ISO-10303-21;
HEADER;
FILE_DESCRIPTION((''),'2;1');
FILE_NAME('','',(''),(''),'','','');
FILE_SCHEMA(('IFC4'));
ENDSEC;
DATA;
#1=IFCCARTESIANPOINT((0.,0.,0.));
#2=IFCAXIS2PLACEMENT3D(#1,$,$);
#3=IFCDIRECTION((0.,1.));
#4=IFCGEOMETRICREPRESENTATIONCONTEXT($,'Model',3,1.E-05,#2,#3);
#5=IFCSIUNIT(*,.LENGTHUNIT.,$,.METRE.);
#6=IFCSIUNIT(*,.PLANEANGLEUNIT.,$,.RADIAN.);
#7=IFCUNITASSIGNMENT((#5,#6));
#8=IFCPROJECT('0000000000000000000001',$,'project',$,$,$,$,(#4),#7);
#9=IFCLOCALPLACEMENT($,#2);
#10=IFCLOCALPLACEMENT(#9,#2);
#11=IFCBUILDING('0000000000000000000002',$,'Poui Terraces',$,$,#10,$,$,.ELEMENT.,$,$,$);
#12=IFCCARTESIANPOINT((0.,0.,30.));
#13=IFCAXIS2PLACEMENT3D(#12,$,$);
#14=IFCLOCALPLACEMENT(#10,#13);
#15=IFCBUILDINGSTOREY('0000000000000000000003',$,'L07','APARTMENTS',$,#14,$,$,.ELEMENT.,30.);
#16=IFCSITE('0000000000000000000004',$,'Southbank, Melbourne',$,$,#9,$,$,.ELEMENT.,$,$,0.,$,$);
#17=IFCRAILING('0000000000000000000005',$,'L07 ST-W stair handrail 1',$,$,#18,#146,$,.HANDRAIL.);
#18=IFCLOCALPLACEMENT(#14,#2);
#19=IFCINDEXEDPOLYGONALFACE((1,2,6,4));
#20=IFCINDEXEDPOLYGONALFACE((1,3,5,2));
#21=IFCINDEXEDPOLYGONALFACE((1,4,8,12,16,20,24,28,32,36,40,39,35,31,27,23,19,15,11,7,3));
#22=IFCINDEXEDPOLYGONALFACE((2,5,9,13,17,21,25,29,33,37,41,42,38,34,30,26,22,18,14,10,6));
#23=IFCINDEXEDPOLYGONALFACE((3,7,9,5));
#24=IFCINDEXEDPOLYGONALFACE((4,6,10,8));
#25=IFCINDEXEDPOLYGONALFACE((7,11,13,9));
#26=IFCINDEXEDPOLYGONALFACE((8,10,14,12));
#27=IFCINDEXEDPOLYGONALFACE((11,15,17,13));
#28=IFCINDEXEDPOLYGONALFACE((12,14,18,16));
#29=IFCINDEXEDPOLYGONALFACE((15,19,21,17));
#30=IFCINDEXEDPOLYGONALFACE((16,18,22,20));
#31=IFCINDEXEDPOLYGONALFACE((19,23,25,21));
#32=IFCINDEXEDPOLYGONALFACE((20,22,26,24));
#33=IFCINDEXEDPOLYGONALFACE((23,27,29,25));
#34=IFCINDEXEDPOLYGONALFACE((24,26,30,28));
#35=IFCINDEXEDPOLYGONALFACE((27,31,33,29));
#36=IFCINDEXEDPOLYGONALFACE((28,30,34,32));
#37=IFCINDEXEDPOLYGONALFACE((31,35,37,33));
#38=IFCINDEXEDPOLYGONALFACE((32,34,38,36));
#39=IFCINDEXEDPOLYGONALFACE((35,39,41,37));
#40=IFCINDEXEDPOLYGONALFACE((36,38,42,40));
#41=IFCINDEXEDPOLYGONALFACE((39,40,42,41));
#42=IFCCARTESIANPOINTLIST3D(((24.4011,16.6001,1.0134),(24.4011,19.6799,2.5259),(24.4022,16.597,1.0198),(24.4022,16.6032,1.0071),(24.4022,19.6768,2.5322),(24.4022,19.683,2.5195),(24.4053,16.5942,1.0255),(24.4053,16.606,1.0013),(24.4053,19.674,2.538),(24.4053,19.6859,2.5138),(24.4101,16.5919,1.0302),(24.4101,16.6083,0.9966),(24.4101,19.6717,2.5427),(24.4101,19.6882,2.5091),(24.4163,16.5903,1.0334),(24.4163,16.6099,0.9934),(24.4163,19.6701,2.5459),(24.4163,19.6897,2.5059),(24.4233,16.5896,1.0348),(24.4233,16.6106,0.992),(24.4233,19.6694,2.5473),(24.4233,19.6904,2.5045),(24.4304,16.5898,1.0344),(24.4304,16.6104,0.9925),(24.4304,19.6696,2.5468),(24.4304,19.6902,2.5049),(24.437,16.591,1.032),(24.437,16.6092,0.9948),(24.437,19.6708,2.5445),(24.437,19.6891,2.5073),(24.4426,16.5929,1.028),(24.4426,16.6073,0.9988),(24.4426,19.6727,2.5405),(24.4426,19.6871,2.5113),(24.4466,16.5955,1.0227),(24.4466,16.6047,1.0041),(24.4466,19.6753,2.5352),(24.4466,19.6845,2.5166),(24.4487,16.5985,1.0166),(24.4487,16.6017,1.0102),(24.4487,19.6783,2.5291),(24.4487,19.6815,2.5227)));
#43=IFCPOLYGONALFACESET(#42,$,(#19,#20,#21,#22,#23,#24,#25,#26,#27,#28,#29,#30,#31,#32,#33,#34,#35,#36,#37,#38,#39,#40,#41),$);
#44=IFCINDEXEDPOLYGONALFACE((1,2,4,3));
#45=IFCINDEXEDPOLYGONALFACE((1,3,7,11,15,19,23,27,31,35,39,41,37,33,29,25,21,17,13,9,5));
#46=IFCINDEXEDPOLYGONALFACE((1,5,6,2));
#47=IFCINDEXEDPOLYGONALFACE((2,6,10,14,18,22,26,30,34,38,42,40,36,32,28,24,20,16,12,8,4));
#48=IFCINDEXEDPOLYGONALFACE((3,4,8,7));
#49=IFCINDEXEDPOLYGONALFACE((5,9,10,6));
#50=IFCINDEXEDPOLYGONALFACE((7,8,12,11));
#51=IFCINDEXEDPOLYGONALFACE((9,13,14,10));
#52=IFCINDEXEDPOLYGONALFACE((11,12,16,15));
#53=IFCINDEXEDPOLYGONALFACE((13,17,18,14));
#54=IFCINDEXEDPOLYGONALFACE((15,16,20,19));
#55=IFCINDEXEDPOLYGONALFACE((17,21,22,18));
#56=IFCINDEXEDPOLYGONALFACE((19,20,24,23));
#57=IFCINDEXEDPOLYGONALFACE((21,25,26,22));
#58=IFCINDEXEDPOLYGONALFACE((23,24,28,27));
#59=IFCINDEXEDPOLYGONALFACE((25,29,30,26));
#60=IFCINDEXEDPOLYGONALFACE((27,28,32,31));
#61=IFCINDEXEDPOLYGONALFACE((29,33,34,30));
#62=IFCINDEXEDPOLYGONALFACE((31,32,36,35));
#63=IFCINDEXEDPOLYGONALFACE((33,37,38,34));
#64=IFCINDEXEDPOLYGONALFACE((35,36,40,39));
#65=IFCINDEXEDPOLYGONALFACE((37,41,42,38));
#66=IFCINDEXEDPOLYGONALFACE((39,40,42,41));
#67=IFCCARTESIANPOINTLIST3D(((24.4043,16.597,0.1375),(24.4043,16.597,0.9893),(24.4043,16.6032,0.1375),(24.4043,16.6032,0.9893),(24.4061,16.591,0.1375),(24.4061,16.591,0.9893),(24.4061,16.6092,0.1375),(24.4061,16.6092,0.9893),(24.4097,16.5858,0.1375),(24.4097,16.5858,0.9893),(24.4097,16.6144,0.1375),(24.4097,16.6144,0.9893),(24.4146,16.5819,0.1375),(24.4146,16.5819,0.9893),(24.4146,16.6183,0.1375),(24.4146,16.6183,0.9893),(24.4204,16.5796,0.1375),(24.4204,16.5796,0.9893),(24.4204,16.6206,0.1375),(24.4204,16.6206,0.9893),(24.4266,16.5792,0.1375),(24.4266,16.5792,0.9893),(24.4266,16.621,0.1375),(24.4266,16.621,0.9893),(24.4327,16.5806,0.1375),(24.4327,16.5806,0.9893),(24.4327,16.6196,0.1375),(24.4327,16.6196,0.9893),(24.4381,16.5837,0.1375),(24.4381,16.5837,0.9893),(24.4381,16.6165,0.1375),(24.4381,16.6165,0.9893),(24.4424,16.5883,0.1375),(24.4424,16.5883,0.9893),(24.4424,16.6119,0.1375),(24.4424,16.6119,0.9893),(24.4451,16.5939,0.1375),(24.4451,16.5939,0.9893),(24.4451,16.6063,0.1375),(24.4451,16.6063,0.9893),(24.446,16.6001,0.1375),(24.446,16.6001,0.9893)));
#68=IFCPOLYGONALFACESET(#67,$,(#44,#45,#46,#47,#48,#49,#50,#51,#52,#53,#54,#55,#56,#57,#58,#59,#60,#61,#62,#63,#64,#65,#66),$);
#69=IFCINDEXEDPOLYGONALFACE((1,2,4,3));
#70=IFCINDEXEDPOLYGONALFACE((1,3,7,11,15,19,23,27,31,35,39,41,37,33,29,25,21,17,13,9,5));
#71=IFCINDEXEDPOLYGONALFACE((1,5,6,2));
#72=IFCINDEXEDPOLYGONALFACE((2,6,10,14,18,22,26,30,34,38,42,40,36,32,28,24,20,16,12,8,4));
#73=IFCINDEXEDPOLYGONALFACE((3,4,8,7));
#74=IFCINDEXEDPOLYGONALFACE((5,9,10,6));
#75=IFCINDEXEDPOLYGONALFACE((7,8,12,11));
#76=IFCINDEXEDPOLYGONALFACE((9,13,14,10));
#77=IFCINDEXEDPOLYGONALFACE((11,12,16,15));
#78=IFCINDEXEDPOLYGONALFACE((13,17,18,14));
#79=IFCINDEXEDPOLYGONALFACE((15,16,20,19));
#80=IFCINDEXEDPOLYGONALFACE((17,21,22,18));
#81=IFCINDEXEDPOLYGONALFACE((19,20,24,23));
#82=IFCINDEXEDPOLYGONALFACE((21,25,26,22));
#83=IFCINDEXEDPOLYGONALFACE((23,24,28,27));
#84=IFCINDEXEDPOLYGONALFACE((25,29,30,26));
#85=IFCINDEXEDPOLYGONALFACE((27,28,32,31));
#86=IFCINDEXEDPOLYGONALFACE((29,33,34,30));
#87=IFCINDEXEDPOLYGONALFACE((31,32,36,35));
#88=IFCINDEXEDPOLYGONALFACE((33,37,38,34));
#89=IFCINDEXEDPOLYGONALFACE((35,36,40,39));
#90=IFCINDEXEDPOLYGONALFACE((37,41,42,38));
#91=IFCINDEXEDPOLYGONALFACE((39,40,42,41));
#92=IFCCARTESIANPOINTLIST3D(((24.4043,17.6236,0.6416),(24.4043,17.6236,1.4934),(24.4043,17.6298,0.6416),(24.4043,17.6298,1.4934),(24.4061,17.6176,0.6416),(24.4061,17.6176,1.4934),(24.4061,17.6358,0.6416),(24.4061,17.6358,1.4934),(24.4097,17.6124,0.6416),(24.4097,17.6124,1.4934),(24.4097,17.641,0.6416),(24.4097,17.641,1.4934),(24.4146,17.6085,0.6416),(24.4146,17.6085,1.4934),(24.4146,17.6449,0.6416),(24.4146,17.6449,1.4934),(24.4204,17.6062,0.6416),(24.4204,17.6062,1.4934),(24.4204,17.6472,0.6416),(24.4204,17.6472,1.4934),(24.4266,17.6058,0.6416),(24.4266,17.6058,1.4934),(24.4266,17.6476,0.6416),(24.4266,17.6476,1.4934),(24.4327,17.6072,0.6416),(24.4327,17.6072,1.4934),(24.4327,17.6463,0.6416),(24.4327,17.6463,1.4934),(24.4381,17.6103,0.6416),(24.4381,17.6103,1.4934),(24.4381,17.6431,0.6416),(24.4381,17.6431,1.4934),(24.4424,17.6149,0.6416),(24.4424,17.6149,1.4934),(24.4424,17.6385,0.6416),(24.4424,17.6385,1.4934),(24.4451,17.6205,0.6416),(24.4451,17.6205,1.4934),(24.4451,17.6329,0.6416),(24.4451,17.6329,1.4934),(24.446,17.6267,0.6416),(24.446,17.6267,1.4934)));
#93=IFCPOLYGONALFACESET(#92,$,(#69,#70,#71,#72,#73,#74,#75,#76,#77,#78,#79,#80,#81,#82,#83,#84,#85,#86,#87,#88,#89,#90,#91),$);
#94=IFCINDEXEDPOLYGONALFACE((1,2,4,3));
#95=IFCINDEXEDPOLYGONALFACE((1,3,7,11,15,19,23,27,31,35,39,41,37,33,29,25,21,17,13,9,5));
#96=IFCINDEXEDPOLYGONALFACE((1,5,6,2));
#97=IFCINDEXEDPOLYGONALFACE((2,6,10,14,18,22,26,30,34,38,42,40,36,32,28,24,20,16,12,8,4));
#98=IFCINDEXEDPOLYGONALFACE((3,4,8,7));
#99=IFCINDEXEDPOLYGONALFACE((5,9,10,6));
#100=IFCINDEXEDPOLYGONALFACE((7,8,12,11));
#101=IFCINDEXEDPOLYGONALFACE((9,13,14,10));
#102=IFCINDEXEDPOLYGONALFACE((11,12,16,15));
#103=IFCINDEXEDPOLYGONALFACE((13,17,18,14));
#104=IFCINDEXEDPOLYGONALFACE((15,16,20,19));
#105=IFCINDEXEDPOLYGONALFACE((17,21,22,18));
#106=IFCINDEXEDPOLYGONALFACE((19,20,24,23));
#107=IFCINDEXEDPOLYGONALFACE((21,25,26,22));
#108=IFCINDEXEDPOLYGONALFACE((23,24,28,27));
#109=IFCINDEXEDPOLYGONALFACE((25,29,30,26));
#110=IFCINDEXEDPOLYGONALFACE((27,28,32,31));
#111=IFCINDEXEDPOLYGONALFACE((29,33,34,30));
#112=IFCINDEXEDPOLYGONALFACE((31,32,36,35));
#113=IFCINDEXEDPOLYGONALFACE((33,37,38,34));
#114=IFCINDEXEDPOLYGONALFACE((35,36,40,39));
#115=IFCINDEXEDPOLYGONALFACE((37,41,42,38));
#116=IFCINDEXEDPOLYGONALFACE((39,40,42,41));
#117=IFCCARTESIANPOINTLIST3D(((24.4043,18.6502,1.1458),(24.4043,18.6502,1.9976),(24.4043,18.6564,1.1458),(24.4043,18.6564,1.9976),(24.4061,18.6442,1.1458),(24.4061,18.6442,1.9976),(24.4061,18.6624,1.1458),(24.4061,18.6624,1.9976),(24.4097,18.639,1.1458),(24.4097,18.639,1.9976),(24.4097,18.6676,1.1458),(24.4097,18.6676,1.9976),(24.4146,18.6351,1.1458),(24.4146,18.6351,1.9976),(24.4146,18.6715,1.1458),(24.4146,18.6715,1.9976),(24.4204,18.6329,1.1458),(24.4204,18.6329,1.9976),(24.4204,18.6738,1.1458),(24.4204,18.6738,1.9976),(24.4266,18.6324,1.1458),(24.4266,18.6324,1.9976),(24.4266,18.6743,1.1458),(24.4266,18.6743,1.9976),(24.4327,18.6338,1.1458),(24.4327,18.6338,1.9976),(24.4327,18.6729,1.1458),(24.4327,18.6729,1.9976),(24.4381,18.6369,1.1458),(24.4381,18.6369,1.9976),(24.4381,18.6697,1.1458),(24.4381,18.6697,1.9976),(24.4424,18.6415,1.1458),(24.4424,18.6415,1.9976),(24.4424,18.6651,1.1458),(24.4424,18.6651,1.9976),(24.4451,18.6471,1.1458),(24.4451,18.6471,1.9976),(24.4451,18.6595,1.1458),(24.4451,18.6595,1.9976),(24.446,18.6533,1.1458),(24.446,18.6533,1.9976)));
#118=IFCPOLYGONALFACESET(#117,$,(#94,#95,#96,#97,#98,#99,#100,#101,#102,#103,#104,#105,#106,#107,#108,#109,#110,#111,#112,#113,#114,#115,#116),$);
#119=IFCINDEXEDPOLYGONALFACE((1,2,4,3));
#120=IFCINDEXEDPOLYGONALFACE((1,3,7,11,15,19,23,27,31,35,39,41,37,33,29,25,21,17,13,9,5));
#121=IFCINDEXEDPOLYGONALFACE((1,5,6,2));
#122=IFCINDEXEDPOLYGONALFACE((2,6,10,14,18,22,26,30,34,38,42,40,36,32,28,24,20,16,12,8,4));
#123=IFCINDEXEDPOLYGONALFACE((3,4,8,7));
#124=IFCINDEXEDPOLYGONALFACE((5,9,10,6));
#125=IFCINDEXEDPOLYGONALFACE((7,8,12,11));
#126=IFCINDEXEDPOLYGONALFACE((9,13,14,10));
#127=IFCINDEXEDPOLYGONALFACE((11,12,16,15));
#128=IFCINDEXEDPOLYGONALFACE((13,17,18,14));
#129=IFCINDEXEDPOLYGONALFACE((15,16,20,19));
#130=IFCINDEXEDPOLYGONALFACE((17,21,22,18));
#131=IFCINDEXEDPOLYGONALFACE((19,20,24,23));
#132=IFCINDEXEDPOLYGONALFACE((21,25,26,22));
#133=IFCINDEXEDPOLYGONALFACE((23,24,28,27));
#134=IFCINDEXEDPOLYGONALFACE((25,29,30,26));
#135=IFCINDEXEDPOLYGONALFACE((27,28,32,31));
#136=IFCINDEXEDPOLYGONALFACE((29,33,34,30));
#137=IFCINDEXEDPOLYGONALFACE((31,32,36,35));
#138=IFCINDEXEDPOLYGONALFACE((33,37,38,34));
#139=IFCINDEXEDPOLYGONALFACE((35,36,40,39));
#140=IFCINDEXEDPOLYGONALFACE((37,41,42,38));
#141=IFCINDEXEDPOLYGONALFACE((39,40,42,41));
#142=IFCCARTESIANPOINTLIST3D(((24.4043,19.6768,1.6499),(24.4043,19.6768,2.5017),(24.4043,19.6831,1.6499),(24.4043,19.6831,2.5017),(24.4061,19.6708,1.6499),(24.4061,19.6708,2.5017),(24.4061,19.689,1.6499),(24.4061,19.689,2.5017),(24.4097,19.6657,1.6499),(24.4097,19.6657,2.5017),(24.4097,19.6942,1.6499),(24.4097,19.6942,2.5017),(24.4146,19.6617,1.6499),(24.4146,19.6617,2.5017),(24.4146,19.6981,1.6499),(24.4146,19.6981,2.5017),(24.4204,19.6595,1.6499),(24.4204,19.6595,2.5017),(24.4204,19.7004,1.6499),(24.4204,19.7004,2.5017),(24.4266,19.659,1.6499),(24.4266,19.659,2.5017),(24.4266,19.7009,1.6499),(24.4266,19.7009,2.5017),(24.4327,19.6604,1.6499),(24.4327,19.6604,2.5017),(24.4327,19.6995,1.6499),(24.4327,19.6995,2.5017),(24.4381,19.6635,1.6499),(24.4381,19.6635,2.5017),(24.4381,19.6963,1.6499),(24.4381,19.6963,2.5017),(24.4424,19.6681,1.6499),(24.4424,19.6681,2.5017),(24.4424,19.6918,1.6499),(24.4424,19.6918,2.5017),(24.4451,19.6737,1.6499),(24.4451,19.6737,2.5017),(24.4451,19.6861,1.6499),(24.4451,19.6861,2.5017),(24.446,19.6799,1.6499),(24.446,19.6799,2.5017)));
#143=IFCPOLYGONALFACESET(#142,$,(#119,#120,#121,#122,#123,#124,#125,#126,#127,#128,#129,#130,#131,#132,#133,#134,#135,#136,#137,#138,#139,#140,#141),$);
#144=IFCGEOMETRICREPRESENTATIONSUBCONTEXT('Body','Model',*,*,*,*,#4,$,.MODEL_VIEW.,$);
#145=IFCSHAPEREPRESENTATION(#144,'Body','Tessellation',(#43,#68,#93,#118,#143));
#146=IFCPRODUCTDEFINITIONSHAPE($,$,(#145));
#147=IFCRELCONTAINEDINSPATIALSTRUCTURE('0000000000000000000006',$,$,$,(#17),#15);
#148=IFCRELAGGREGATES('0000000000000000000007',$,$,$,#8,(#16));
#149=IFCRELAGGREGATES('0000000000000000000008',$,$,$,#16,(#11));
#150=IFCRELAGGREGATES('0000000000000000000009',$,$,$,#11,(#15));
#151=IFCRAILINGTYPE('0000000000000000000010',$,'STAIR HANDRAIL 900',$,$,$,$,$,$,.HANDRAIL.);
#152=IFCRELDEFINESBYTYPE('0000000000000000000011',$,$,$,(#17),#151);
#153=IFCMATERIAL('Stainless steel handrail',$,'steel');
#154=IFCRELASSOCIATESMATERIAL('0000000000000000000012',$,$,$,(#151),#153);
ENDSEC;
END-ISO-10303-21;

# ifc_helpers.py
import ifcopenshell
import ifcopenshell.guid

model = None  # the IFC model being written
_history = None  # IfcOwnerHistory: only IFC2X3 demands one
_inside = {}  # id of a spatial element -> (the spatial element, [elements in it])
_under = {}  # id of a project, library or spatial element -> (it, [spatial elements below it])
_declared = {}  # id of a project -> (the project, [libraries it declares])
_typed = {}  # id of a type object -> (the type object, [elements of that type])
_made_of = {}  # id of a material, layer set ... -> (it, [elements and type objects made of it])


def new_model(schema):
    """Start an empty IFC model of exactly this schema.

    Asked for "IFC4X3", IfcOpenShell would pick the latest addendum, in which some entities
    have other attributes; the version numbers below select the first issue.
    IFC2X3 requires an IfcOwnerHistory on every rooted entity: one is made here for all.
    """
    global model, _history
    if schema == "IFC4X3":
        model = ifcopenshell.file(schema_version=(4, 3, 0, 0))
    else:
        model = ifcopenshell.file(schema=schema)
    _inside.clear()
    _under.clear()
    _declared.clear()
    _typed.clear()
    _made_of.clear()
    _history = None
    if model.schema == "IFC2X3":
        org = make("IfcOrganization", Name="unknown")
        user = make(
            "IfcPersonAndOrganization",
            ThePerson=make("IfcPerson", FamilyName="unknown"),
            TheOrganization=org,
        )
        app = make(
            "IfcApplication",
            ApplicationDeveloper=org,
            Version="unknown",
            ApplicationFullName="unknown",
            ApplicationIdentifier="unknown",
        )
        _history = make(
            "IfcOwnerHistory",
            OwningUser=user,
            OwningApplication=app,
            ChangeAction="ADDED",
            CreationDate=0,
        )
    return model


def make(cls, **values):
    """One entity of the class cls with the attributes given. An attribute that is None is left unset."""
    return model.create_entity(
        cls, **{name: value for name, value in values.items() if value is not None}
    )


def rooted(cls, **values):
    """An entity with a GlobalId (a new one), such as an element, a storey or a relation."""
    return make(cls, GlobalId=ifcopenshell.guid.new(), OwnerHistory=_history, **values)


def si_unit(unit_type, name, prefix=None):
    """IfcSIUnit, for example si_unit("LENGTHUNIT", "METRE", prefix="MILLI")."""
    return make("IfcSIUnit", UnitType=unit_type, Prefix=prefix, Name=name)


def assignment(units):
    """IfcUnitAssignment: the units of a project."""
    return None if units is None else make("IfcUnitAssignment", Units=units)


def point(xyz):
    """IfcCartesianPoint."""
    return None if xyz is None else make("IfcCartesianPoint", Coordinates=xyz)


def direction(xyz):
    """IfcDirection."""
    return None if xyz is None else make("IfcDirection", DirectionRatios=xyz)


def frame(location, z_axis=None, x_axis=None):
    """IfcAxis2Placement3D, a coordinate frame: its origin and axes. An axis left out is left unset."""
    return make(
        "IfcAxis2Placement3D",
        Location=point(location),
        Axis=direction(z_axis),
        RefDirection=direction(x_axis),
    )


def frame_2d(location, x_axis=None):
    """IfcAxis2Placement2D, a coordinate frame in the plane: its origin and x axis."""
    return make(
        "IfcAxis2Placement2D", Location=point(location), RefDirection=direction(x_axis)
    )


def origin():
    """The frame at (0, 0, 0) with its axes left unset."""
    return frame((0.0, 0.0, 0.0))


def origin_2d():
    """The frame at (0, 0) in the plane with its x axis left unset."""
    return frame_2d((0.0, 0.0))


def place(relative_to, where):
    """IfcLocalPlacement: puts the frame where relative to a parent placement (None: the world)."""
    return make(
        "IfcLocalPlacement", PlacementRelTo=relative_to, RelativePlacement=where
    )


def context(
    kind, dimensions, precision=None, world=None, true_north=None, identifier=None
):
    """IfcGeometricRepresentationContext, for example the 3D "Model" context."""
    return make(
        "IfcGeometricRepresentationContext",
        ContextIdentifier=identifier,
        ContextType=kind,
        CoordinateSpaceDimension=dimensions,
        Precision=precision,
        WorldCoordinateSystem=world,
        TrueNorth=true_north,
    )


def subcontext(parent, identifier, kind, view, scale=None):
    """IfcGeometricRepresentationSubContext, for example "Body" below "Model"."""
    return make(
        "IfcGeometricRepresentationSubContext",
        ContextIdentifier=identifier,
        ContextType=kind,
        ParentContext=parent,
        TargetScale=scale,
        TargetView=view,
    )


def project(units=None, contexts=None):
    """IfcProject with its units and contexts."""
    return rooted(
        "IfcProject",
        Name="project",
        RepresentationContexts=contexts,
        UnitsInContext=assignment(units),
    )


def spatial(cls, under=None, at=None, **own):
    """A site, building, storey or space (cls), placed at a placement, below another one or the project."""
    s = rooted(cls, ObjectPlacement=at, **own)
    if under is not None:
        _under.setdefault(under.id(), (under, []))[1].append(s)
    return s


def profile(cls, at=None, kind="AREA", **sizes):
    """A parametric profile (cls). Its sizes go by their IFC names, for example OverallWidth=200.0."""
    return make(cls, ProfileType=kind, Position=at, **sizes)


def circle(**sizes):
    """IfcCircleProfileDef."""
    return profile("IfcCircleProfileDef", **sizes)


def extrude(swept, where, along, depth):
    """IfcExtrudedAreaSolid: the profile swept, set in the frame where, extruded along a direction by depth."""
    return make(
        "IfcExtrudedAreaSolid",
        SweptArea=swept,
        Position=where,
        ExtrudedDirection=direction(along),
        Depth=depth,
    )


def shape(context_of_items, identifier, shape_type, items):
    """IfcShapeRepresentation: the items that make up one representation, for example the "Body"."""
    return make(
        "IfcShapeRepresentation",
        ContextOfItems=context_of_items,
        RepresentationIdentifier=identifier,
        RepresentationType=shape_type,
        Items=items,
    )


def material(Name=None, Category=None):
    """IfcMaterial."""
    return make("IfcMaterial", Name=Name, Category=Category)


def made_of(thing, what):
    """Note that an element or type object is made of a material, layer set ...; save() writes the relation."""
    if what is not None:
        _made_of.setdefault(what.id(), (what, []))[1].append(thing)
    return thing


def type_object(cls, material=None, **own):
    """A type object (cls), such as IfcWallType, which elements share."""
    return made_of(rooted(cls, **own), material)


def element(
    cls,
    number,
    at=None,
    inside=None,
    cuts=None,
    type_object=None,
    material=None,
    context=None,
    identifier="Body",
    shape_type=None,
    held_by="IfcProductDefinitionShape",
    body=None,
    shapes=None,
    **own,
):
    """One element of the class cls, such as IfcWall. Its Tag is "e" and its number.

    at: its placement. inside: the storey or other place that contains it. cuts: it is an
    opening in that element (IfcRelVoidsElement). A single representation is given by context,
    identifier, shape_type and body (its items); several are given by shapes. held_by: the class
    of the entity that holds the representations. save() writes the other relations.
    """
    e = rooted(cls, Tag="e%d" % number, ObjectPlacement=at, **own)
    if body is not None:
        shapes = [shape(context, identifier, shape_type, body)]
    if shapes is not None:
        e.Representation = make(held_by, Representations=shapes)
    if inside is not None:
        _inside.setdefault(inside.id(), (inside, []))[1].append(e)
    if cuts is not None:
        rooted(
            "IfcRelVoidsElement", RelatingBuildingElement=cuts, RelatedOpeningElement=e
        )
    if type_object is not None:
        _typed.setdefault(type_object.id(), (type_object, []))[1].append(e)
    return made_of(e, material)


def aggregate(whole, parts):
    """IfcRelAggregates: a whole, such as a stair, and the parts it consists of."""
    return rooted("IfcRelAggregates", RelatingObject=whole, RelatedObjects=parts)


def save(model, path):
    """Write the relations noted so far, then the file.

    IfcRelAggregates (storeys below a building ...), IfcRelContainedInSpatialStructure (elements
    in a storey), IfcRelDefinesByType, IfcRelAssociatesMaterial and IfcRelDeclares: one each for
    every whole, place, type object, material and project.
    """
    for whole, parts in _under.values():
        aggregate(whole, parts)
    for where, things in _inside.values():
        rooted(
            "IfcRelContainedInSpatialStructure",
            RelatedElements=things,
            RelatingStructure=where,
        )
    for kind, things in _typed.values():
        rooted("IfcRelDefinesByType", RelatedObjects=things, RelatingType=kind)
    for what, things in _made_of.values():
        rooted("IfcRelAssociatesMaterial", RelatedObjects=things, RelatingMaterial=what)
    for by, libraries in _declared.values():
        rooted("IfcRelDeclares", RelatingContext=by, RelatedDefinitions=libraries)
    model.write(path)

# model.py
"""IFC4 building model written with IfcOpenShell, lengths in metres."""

from ifc_helpers import new_model, si_unit, direction, frame, origin, origin_2d, place, context, subcontext, project, spatial, circle, extrude, material, type_object, element, save


model = new_model("IFC4")

# Units and contexts
model_context = context("Model", 3, precision=1e-05, world=origin(), true_north=direction((0.0, 1.0)))
body_context = subcontext(model_context, "Body", "Model", "MODEL_VIEW")
ifc_project = project(units=[si_unit("LENGTHUNIT", "METRE"), si_unit("PLANEANGLEUNIT", "RADIAN")], contexts=[model_context])

# Site, building, storey
site_placement = place(None, origin())
site = spatial("IfcSite", under=ifc_project, at=site_placement, Name="Southbank, Melbourne", CompositionType="ELEMENT", RefElevation=0.0)
building_placement = place(site_placement, origin())
building = spatial("IfcBuilding", under=site, at=building_placement, Name="Poui Terraces", CompositionType="ELEMENT")
storey_placement = place(building_placement, frame((0.0, 0.0, 30.0)))
storey = spatial("IfcBuildingStorey", under=building, at=storey_placement, Name="L07", Description="APARTMENTS", CompositionType="ELEMENT", Elevation=30.0)

# Railing
ifc_material_1 = material(Name="Stainless steel handrail", Category="steel")
railing_type_1 = type_object("IfcRailingType", Name="STAIR HANDRAIL 900", PredefinedType="HANDRAIL", material=ifc_material_1)
railing_1_placement = place(storey_placement, frame((24.425, 16.6001, 0.1375)))
element("IfcRailing", 1, at=railing_1_placement, inside=storey, type_object=railing_type_1, Name="L07 ST-W stair handrail 1", PredefinedType="HANDRAIL", context=body_context, shape_type="SweptSolid", body=[
    extrude(circle(Radius=0.0239, at=origin_2d()), frame((0.0, 0.0, 0.876), z_axis=(0.0, 0.897606, 0.440798), x_axis=(-1.0, 0.0, 0.0)), (0.0, 0.0, 1.0), 3.4312),
    extrude(circle(Radius=0.021, at=origin_2d()), origin(), (0.0, 0.0, 1.0), 0.8518),
    extrude(circle(Radius=0.021, at=origin_2d()), frame((0.0, 1.0266, 0.5042)), (0.0, 0.0, 1.0), 0.8518),
    extrude(circle(Radius=0.021, at=origin_2d()), frame((0.0, 2.0532, 1.0083)), (0.0, 0.0, 1.0), 0.8518),
    extrude(circle(Radius=0.021, at=origin_2d()), frame((0.0, 3.0798, 1.5125)), (0.0, 0.0, 1.0), 0.8518),
])

save(model, "model.ifc")
